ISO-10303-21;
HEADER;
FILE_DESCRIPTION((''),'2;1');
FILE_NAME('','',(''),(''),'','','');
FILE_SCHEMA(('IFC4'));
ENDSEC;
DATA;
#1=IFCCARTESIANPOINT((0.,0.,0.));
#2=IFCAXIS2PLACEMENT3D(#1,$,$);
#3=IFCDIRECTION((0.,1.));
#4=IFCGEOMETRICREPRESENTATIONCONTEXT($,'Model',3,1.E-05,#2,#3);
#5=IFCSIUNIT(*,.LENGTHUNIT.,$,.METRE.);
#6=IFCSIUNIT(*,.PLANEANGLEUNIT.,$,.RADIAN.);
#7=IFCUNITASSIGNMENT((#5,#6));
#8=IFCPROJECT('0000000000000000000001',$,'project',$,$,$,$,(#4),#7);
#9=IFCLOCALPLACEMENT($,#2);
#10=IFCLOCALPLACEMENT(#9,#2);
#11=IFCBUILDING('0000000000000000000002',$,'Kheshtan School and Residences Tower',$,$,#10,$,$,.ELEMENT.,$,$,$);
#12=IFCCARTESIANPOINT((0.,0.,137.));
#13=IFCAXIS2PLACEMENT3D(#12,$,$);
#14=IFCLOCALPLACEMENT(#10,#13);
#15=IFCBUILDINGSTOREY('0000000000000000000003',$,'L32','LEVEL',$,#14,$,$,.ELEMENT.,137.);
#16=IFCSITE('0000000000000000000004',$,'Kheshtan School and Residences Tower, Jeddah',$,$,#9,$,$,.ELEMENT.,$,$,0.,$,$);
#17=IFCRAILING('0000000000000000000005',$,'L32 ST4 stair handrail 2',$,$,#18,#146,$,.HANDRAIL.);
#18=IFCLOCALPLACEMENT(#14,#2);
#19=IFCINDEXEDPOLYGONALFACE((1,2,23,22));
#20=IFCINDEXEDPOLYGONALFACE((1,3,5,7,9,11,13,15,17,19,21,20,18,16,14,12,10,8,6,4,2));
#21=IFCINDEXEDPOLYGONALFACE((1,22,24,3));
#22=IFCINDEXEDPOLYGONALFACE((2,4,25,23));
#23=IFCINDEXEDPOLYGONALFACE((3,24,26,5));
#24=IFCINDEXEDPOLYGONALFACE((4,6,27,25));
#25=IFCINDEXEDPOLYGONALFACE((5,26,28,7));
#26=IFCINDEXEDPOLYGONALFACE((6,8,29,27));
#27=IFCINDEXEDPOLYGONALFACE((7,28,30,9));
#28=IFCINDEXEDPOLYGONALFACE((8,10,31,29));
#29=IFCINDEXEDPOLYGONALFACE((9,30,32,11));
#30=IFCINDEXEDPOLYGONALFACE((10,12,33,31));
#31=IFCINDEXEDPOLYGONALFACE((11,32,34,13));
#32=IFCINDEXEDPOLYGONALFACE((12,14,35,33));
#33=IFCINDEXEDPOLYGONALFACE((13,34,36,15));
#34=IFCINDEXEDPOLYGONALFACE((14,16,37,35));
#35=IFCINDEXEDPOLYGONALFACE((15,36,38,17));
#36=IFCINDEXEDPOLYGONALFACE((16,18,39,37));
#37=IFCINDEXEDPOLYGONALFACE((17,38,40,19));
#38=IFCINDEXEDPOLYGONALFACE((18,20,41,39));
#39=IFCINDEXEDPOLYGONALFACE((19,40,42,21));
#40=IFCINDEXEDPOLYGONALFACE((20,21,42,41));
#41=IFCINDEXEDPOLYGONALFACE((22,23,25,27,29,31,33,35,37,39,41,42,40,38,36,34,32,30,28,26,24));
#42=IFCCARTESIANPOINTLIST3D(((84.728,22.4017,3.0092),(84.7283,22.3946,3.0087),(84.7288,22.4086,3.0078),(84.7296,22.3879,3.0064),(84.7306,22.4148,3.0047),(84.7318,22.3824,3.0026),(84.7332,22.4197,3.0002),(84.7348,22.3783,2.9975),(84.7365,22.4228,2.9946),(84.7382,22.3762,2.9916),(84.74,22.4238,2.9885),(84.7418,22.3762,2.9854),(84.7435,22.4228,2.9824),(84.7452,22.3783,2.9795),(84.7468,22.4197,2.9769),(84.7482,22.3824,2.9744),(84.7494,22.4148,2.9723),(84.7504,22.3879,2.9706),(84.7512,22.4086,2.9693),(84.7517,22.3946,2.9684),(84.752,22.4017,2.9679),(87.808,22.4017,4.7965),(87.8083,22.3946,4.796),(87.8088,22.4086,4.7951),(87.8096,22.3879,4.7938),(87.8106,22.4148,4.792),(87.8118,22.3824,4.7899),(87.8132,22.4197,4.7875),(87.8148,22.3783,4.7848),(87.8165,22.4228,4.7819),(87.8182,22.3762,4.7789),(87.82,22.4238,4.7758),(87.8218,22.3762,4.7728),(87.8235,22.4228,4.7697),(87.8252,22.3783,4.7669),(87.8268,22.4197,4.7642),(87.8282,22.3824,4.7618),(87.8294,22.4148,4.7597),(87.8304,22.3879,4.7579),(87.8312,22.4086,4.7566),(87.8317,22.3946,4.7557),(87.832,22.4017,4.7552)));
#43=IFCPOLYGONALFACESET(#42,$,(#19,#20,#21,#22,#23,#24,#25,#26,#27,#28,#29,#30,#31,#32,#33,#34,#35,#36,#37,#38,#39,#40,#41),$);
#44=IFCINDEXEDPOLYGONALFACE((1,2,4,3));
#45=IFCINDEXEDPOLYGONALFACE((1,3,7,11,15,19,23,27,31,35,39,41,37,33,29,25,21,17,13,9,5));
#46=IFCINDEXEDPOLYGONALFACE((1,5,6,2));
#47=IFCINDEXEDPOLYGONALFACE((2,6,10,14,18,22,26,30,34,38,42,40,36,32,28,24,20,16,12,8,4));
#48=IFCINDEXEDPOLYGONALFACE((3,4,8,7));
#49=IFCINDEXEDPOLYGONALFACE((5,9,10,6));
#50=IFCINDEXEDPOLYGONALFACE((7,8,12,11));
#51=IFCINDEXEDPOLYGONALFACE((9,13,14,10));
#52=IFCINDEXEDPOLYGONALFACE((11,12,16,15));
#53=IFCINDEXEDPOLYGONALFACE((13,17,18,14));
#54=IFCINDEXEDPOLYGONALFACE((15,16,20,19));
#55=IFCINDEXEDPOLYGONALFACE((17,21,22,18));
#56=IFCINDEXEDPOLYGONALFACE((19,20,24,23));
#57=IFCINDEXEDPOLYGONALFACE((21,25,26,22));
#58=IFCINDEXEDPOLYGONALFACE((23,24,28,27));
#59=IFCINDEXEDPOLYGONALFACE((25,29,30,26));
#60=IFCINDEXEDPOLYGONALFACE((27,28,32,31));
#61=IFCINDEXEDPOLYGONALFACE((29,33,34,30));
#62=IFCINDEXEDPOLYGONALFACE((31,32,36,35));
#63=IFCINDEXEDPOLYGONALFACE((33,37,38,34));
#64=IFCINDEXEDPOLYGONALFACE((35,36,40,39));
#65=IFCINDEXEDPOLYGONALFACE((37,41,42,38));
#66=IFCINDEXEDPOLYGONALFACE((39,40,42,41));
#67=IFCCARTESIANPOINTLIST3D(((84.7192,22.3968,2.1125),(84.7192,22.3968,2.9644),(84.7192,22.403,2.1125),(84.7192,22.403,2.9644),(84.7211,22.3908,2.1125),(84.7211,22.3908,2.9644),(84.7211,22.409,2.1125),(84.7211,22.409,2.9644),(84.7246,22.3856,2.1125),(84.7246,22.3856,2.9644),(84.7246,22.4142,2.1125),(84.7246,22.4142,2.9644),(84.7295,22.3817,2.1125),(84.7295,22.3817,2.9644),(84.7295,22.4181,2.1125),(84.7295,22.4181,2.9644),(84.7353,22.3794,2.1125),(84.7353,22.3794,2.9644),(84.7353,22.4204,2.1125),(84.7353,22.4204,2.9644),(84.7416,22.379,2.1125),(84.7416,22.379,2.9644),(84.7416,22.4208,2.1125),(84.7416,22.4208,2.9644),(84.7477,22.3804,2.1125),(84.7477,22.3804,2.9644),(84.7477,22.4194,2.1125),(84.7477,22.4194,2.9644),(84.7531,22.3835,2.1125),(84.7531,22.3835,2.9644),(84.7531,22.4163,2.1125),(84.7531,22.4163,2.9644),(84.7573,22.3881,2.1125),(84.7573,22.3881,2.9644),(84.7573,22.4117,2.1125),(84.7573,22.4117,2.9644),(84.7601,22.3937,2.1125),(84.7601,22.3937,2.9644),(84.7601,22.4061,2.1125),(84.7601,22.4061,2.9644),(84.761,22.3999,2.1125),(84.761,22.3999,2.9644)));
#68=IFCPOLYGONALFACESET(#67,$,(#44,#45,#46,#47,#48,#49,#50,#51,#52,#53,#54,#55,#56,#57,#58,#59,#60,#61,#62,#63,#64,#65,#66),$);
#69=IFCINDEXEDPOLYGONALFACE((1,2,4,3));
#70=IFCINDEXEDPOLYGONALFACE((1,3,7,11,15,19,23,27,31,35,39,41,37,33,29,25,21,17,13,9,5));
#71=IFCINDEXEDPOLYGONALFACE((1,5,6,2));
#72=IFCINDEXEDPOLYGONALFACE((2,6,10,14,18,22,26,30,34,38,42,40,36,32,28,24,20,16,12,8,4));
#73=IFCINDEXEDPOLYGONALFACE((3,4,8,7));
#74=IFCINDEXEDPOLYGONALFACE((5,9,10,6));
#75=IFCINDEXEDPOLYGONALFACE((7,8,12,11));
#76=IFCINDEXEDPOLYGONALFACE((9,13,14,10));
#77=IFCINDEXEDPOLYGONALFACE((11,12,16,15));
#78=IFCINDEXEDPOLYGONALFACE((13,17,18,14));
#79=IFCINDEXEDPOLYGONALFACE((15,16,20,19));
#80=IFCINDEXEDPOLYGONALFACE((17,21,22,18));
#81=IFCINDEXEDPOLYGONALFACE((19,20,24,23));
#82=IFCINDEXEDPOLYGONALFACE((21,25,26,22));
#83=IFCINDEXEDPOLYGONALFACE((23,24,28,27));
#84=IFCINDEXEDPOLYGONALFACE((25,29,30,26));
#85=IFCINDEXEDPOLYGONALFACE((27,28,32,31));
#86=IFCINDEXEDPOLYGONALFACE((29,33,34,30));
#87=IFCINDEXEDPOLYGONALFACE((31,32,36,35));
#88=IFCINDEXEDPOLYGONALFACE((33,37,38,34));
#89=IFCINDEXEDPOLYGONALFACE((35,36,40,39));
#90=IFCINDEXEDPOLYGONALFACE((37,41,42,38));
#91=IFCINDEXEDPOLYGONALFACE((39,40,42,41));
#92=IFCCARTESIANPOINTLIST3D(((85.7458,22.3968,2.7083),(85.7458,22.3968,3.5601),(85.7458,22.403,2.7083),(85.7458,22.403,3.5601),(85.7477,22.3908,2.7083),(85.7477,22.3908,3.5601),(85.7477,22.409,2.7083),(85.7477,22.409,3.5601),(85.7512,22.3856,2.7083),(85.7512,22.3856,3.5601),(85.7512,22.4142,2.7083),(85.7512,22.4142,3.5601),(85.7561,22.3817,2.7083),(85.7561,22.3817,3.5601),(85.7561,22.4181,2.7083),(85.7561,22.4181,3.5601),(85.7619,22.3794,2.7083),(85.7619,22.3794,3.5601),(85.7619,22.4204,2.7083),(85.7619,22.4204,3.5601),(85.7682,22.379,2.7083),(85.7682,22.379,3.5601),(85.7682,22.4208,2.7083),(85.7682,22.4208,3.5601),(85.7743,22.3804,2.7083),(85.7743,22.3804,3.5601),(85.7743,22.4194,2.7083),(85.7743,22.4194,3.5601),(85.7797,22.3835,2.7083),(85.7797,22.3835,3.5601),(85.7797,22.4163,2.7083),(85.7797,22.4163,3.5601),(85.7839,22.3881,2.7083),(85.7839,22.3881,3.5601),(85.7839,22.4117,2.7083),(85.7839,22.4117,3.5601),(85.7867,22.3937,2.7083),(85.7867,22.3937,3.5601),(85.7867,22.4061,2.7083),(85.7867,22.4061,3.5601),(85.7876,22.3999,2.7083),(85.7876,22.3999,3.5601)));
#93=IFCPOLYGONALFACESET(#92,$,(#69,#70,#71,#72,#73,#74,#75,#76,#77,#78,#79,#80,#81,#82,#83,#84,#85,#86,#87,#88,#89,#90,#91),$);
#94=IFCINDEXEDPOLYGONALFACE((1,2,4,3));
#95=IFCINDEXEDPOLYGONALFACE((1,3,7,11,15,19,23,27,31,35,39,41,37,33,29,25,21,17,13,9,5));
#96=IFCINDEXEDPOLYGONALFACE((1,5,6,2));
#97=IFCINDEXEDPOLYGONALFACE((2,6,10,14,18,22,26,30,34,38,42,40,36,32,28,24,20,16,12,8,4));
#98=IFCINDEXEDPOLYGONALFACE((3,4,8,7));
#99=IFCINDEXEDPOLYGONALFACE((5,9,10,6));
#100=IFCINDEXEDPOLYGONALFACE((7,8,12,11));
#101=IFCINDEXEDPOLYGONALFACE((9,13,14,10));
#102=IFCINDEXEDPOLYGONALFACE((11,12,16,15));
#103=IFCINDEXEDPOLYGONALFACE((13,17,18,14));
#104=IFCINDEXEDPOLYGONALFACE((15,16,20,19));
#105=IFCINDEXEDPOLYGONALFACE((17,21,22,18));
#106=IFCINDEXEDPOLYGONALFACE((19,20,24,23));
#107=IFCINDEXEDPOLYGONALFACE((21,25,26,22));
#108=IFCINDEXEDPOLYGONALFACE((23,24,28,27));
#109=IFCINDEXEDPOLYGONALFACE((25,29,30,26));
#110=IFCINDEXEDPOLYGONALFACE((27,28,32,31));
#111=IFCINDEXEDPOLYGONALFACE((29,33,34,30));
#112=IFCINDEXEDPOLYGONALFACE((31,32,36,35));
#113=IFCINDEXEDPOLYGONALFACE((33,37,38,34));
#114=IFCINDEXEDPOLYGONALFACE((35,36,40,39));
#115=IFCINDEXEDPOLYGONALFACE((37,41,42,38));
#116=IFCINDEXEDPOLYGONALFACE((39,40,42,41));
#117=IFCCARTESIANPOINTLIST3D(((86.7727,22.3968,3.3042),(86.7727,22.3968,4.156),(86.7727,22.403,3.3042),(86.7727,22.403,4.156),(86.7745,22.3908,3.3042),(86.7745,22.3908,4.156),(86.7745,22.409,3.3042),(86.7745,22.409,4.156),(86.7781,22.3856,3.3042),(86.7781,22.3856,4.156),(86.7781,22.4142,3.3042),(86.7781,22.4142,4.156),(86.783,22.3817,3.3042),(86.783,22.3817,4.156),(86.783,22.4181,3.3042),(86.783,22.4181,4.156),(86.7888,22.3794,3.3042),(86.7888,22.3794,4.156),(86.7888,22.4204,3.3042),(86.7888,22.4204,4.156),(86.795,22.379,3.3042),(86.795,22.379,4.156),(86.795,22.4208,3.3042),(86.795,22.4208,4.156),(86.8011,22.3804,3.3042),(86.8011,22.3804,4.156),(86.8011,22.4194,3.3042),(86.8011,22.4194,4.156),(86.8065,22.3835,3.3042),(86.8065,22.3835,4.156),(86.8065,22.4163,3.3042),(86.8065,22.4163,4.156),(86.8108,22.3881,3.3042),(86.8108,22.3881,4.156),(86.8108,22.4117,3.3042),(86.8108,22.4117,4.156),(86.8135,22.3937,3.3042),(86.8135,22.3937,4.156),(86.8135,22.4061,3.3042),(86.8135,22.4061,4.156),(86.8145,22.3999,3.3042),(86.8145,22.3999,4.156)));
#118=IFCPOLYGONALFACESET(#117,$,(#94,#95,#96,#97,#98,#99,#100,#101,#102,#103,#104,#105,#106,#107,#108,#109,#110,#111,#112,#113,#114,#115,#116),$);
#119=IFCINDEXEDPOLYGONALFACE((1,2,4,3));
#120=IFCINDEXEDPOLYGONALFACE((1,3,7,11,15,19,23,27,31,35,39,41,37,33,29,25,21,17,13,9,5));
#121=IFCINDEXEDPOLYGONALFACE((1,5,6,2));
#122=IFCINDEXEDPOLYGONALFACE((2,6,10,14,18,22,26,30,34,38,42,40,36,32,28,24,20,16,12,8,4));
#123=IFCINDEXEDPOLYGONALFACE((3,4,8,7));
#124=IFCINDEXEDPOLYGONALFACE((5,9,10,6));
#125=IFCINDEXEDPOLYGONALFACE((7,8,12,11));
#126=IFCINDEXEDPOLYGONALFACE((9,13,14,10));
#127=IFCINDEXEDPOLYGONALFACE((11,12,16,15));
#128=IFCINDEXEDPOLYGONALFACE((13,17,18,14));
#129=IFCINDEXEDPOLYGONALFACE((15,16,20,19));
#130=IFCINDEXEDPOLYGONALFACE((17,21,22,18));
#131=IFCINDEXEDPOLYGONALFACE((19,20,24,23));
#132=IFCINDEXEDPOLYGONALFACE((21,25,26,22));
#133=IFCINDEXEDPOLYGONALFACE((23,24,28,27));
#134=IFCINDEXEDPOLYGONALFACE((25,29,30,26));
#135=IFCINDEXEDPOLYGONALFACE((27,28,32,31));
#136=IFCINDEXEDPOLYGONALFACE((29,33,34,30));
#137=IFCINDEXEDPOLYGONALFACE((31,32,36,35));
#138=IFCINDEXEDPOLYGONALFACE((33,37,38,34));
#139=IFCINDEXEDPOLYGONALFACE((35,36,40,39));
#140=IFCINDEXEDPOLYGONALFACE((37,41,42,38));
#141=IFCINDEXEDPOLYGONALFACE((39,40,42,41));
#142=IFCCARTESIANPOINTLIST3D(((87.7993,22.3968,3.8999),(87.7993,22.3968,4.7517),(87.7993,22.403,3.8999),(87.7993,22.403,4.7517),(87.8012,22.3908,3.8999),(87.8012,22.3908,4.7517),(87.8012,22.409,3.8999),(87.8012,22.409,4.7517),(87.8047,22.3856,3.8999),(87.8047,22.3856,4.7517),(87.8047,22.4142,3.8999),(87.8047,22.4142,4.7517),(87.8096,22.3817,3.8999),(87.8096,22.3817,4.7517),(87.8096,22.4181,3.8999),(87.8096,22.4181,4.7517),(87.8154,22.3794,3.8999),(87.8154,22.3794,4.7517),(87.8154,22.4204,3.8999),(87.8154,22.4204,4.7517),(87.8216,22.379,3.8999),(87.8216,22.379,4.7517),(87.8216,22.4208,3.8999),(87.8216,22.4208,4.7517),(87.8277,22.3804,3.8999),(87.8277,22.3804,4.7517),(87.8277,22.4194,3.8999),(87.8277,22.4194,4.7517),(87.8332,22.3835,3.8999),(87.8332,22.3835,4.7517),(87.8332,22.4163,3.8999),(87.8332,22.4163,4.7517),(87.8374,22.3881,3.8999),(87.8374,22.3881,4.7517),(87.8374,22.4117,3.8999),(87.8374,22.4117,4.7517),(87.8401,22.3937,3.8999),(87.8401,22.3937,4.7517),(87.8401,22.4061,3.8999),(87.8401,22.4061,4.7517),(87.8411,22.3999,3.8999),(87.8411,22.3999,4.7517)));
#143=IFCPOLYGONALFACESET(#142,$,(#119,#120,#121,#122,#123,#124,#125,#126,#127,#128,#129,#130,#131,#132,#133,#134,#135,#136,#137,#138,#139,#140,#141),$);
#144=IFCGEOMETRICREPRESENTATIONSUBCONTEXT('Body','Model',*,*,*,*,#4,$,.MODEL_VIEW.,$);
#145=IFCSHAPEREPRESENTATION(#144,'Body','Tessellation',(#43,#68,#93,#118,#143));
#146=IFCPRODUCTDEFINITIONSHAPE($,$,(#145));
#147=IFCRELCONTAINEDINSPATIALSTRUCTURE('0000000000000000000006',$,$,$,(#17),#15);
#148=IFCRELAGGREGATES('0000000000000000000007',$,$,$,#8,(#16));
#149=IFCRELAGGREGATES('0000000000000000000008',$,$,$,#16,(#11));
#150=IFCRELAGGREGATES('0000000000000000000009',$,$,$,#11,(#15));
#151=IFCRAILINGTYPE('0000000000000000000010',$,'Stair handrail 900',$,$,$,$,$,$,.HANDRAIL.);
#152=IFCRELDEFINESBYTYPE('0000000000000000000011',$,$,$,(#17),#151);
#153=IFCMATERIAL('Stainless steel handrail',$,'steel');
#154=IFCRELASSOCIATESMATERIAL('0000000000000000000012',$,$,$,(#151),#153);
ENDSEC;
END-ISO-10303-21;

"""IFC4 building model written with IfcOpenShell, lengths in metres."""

from ifc_helpers import new_model, si_unit, direction, frame, origin, origin_2d, place, context, subcontext, project, spatial, circle, extrude, material, type_object, element, save


model = new_model("IFC4")

# Units and contexts
model_context = context("Model", 3, precision=1e-05, world=origin(), true_north=direction((0.0, 1.0)))
body_context = subcontext(model_context, "Body", "Model", "MODEL_VIEW")
ifc_project = project(units=[si_unit("LENGTHUNIT", "METRE"), si_unit("PLANEANGLEUNIT", "RADIAN")], contexts=[model_context])

# Site, building, storey
site_placement = place(None, origin())
site = spatial("IfcSite", under=ifc_project, at=site_placement, Name="Kheshtan School and Residences Tower, Jeddah", CompositionType="ELEMENT", RefElevation=0.0)
building_placement = place(site_placement, origin())
building = spatial("IfcBuilding", under=site, at=building_placement, Name="Kheshtan School and Residences Tower", CompositionType="ELEMENT")
storey_placement = place(building_placement, frame((0.0, 0.0, 137.0)))
storey = spatial("IfcBuildingStorey", under=building, at=storey_placement, Name="L32", Description="LEVEL", CompositionType="ELEMENT", Elevation=137.0)

# Railing
ifc_material_1 = material(Name="Stainless steel handrail", Category="steel")
railing_type_1 = type_object("IfcRailingType", Name="Stair handrail 900", PredefinedType="HANDRAIL", material=ifc_material_1)
railing_1_placement = place(storey_placement, frame((84.74, 22.3999, 2.1125)))
element("IfcRailing", 1, at=railing_1_placement, inside=storey, type_object=railing_type_1, Name="L32 ST4 stair handrail 2", PredefinedType="HANDRAIL", context=body_context, shape_type="SweptSolid", body=[
    extrude(circle(Radius=0.0239, at=origin_2d()), frame((0.0, 0.0, 0.876), z_axis=(0.86492, 0.0, 0.501909), x_axis=(0.0, 1.0, 0.0)), (0.0, 0.0, 1.0), 3.561),
    extrude(circle(Radius=0.021, at=origin_2d()), origin(), (0.0, 0.0, 1.0), 0.8518),
    extrude(circle(Radius=0.021, at=origin_2d()), frame((1.0266, 0.0, 0.5957)), (0.0, 0.0, 1.0), 0.8518),
    extrude(circle(Radius=0.021, at=origin_2d()), frame((2.0535, 0.0, 1.1917)), (0.0, 0.0, 1.0), 0.8518),
    extrude(circle(Radius=0.021, at=origin_2d()), frame((3.0801, 0.0, 1.7874)), (0.0, 0.0, 1.0), 0.8518),
])

save(model, "model.ifc")
